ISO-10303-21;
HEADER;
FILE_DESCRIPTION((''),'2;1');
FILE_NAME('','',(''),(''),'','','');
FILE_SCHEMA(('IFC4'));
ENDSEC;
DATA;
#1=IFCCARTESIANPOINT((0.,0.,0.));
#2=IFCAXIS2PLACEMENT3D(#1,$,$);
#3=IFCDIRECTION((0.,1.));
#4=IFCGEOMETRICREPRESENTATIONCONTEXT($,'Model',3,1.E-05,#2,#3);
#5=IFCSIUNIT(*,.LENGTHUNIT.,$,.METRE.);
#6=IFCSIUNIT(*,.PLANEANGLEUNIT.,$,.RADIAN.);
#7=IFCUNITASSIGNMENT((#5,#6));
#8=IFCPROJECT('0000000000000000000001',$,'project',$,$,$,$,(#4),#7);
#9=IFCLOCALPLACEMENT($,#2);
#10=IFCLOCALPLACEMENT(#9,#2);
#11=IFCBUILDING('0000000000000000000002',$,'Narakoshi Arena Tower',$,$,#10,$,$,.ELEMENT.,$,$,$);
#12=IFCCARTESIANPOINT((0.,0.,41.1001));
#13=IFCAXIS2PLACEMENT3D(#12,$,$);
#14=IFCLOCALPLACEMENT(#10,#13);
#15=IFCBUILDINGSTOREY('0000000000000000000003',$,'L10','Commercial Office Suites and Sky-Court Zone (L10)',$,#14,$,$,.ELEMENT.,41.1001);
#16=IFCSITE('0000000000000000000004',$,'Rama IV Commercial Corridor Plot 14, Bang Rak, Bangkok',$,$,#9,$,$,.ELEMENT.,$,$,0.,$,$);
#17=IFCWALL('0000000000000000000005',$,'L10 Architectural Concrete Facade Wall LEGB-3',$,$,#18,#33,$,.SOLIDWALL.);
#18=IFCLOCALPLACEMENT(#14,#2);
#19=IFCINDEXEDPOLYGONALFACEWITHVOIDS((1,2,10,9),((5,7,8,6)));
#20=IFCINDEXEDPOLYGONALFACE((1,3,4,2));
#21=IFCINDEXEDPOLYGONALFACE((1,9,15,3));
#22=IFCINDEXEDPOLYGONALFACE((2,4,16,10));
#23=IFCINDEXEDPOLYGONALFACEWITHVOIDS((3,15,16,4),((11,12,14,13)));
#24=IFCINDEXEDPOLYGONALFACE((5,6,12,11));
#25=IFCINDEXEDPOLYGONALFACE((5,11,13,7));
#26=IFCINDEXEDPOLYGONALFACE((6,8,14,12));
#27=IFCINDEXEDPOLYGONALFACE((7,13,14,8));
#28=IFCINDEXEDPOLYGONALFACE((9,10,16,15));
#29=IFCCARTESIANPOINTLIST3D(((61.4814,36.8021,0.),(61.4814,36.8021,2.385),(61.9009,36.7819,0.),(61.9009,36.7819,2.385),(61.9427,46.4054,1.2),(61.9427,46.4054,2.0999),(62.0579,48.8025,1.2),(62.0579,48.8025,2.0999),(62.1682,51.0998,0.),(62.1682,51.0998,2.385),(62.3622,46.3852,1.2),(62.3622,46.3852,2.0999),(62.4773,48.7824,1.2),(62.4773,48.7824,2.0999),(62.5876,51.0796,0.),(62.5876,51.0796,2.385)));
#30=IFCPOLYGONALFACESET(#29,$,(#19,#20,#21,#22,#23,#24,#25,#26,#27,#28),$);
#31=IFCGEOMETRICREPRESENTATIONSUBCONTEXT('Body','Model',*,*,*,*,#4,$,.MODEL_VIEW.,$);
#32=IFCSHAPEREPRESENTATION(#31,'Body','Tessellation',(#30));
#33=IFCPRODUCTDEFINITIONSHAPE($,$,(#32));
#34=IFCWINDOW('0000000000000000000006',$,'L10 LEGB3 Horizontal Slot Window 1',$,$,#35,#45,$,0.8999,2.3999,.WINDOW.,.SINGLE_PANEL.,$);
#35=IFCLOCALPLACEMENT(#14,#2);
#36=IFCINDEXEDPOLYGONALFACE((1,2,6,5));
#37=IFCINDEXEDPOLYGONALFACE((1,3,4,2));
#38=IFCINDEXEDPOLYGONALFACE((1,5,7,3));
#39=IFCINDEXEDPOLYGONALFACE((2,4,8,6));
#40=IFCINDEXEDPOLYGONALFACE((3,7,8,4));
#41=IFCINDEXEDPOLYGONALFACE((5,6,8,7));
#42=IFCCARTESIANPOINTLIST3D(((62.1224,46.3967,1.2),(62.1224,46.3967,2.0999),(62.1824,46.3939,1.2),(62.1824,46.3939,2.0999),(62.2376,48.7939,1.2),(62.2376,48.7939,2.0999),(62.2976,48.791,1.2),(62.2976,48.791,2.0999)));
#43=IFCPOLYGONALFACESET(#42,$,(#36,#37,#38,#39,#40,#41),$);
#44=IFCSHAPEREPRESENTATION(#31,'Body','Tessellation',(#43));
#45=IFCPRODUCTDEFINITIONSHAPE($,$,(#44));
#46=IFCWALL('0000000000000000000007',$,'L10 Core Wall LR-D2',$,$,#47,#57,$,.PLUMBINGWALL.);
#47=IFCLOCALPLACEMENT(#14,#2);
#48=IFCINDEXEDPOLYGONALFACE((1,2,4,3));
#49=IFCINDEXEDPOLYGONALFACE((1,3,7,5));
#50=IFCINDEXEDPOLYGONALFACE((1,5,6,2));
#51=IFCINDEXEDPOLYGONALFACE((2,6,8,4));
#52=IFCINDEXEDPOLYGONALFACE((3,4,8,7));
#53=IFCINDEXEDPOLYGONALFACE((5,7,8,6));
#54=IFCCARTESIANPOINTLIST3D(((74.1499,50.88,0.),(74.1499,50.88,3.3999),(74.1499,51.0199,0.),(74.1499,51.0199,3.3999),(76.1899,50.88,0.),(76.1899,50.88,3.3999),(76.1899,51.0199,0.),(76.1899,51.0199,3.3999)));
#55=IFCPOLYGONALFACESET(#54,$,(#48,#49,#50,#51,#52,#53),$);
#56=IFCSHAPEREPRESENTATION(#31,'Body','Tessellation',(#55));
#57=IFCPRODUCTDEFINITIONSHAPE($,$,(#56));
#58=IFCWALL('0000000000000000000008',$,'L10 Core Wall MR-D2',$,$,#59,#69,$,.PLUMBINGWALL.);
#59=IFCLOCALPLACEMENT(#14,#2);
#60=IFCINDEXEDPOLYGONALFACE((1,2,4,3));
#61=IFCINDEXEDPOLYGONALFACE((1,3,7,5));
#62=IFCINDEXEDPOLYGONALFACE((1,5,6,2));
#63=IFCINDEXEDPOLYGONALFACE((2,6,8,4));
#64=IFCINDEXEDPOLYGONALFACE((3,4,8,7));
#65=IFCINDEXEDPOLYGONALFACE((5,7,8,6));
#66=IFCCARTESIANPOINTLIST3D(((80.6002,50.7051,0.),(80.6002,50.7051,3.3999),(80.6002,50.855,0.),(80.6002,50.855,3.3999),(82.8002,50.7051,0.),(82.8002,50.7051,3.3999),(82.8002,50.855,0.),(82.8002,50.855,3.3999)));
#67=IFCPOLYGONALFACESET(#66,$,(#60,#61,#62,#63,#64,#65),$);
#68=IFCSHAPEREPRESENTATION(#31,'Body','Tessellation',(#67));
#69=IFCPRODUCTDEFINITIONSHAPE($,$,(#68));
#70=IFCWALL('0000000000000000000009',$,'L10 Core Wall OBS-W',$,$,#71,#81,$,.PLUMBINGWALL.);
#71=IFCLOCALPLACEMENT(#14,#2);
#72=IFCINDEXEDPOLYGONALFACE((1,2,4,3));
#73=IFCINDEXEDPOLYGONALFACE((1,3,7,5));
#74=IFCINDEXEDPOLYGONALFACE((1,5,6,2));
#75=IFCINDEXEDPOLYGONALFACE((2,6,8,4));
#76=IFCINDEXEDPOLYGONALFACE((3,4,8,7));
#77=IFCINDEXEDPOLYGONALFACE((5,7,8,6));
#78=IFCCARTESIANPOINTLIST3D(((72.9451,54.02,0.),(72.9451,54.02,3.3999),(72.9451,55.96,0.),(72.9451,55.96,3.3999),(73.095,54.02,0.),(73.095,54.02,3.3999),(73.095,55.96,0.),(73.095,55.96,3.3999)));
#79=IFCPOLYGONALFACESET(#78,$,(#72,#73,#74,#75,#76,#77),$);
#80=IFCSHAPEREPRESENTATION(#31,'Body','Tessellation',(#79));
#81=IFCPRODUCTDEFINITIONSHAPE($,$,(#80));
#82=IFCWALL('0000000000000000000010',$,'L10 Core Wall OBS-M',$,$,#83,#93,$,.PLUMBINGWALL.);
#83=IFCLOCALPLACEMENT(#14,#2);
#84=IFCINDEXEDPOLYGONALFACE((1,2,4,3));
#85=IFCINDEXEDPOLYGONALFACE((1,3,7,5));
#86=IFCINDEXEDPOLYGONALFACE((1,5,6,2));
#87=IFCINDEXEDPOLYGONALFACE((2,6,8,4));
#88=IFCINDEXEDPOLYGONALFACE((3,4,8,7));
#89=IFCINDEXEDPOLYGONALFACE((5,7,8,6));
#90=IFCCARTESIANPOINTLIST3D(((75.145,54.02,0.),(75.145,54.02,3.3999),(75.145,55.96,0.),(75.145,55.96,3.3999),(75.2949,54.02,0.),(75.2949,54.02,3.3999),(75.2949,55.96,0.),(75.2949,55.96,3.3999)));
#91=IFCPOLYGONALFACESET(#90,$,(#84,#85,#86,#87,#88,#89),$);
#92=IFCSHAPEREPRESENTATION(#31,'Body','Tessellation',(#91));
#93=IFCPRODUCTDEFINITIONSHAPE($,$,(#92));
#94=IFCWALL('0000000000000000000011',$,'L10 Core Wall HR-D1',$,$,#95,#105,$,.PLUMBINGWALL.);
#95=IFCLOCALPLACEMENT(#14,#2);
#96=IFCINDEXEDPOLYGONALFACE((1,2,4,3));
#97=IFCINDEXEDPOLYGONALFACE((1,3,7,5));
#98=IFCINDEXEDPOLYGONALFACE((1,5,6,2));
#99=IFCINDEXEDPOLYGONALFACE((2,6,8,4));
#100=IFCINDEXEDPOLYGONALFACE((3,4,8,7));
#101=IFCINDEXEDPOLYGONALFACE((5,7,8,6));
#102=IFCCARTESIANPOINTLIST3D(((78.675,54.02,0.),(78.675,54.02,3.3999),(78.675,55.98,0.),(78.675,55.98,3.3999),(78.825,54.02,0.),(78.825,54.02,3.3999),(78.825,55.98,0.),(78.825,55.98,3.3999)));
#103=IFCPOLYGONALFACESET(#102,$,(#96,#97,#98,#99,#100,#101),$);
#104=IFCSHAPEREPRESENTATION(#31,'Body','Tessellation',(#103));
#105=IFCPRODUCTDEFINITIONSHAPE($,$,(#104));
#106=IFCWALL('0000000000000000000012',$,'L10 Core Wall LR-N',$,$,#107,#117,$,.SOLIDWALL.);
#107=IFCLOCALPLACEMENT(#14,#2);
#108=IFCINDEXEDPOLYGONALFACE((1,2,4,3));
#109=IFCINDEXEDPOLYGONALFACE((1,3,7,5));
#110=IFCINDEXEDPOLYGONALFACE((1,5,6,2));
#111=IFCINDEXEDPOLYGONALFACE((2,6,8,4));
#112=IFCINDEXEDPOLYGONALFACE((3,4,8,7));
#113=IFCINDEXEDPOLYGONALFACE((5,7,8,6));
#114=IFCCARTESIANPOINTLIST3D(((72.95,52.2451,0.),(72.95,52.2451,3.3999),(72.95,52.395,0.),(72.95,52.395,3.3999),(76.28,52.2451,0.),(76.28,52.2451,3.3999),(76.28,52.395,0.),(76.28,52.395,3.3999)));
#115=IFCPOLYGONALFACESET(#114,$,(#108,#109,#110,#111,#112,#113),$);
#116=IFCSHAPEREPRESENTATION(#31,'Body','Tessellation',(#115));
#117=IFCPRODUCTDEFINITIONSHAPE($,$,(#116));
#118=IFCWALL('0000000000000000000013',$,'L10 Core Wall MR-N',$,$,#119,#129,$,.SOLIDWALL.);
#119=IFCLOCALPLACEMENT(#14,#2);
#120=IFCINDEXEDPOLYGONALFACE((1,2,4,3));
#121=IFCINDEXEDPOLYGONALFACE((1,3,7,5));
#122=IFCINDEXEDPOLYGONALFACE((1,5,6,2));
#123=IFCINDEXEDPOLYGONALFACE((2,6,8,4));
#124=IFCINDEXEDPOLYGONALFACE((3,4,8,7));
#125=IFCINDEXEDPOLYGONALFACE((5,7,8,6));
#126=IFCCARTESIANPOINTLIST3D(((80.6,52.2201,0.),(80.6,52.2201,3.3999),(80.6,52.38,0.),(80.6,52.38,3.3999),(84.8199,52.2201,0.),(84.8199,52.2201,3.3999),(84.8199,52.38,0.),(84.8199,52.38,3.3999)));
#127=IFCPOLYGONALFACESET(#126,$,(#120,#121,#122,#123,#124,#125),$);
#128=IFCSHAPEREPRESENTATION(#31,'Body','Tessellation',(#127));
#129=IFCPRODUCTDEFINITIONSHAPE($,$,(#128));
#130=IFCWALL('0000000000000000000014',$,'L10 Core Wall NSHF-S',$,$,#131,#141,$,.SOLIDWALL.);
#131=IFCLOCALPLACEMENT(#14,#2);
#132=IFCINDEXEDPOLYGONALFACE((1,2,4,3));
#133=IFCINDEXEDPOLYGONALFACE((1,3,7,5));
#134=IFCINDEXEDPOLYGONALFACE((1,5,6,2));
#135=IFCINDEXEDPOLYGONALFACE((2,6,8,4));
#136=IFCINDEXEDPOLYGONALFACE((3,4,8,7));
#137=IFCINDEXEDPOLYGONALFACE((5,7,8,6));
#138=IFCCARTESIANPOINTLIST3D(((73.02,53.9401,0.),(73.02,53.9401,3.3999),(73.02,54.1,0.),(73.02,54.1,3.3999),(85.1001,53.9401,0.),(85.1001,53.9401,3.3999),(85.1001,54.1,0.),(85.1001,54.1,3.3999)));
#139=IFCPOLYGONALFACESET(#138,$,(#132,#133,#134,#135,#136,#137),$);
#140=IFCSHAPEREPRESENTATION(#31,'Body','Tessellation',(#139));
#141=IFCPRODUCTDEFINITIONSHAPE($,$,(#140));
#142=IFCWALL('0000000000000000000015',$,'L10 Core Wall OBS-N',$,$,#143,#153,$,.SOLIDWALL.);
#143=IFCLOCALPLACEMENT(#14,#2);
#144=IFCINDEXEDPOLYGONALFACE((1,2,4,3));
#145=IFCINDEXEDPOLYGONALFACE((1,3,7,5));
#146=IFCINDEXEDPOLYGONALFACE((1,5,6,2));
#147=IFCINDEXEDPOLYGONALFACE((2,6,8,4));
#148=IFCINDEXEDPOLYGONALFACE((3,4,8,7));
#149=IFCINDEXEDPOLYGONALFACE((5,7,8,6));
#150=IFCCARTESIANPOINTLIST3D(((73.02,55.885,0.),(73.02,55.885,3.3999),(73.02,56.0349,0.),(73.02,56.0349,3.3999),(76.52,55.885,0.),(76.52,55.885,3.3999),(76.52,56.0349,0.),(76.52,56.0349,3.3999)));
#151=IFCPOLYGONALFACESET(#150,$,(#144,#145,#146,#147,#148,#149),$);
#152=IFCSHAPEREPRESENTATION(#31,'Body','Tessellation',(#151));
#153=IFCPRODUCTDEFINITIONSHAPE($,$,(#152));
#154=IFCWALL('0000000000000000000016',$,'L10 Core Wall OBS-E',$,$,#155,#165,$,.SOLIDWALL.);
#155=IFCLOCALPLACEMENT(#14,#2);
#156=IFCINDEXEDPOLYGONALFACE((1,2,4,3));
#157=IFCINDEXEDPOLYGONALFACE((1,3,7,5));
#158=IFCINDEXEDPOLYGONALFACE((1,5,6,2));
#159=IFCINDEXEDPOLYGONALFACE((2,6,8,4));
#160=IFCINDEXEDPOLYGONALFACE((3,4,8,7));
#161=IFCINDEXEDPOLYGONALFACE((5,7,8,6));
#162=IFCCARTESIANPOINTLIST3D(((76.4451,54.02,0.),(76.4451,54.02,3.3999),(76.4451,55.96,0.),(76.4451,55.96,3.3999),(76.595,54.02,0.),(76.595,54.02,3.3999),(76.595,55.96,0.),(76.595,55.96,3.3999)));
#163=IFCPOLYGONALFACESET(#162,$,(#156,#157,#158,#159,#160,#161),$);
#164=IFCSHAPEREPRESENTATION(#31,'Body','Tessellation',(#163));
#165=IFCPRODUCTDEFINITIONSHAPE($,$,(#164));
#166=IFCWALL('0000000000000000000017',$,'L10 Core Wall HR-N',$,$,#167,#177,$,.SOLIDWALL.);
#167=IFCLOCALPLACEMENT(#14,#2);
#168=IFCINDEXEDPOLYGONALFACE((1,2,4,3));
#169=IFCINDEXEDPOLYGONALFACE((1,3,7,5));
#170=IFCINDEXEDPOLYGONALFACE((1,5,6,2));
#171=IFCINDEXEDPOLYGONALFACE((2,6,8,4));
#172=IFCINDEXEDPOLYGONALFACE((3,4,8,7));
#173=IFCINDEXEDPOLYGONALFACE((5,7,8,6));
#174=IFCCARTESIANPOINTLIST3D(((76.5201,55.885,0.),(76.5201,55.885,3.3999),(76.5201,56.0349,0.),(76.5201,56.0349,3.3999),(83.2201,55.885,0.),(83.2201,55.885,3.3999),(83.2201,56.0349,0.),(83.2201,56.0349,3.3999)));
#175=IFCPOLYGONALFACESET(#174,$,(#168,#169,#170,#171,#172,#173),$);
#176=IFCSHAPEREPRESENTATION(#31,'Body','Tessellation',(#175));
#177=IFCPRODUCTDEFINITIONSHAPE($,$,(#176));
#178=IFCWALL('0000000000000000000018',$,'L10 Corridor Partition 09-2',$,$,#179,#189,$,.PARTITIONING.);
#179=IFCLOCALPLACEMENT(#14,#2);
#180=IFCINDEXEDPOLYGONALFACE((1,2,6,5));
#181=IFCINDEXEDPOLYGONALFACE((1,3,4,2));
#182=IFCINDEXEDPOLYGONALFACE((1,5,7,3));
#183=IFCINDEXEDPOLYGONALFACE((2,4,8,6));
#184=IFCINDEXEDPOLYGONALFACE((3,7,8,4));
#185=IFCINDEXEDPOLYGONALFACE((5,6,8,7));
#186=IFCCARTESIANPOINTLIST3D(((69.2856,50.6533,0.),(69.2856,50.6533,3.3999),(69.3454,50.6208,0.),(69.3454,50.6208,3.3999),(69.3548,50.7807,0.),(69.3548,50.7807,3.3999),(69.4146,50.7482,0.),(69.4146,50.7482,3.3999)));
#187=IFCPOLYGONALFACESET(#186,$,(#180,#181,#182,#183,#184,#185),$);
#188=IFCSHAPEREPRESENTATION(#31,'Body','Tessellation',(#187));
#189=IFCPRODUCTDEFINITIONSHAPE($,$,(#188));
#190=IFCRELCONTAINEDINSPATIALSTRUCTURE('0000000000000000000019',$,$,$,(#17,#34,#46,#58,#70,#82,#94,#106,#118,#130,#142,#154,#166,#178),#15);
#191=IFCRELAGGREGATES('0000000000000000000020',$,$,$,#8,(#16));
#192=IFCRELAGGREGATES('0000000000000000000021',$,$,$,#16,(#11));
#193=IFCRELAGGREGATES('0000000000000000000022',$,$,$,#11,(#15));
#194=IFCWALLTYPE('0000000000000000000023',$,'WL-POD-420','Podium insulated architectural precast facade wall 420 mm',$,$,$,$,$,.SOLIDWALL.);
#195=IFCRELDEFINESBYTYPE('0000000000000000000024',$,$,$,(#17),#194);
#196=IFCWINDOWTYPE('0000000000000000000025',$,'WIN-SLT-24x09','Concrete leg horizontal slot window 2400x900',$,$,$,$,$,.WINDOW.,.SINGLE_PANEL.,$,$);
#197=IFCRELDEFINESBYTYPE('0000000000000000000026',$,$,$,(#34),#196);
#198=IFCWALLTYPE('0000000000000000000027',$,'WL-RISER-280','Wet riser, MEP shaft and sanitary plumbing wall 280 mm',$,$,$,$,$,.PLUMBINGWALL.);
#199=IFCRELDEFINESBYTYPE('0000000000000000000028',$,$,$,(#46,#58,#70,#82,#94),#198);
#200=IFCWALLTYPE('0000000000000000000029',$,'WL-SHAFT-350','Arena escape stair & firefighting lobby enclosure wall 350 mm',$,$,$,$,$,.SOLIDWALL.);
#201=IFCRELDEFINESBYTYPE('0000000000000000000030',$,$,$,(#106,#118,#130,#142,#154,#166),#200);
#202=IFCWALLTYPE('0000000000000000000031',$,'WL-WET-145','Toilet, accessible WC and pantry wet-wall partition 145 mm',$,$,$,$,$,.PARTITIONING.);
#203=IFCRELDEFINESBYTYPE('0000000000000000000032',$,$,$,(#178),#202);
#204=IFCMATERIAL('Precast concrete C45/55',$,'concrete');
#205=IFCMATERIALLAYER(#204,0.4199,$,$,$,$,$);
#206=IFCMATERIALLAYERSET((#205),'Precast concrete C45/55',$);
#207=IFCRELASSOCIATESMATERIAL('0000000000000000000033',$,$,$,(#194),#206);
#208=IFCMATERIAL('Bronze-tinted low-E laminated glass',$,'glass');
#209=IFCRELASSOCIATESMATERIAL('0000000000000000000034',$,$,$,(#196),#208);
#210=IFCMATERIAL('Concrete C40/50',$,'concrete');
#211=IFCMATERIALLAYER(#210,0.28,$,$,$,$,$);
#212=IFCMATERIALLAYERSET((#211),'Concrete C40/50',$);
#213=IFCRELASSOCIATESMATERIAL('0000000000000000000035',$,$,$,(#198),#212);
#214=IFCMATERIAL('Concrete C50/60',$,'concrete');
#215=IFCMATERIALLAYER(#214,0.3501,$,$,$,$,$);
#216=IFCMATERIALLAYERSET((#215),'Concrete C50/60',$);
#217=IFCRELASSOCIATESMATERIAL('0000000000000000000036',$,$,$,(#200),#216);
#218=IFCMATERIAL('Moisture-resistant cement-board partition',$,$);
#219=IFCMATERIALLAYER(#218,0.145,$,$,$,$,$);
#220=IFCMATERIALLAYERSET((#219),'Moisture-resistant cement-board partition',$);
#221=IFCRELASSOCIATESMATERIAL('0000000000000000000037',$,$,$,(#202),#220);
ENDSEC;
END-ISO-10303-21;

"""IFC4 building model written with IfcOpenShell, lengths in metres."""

from ifc_helpers import new_model, si_unit, direction, frame, frame_2d, origin, place, context, subcontext, project, spatial, rectangle, extrude, material, layer, layer_set, type_object, element, fill, save


model = new_model("IFC4")

# Units and contexts
model_context = context("Model", 3, precision=1e-05, world=origin(), true_north=direction((0.0, 1.0)))
body_context = subcontext(model_context, "Body", "Model", "MODEL_VIEW")
ifc_project = project(units=[si_unit("LENGTHUNIT", "METRE"), si_unit("PLANEANGLEUNIT", "RADIAN")], contexts=[model_context])

# Site, building, storey
site_placement = place(None, origin())
site = spatial("IfcSite", under=ifc_project, at=site_placement, Name="Rama IV Commercial Corridor Plot 14, Bang Rak, Bangkok", CompositionType="ELEMENT", RefElevation=0.0)
building_placement = place(site_placement, origin())
building = spatial("IfcBuilding", under=site, at=building_placement, Name="Narakoshi Arena Tower", CompositionType="ELEMENT")
storey_placement = place(building_placement, frame((0.0, 0.0, 41.1001)))
storey = spatial("IfcBuildingStorey", under=building, at=storey_placement, Name="L10", Description="Commercial Office Suites and Sky-Court Zone (L10)", CompositionType="ELEMENT", Elevation=41.1001)

# Wall, opening, window
ifc_material_1 = material(Name="Precast concrete C45/55", Category="concrete")
ifc_layer_1 = layer(ifc_material_1, 0.4199)
ifc_layer_set_1 = layer_set([ifc_layer_1], Name="Precast concrete C45/55")
wall_type_1 = type_object("IfcWallType", Name="WL-POD-420", Description="Podium insulated architectural precast facade wall 420 mm", PredefinedType="SOLIDWALL", material=ifc_layer_set_1)
wall_1_placement = place(storey_placement, frame((62.3779, 51.0898, 0.0), z_axis=(0.0, 0.0, 1.0), x_axis=(-0.047978, -0.998848, 0.0)))
wall_1 = element("IfcWall", 1, at=wall_1_placement, inside=storey, type_object=wall_type_1, Name="L10 Architectural Concrete Facade Wall LEGB-3", PredefinedType="SOLIDWALL", context=body_context, shape_type="SweptSolid", body=[
    extrude(rectangle(XDim=14.3142, YDim=0.4199, at=frame_2d((7.1572, 0.0))), origin(), (0.0, 0.0, 1.0), 2.385),
])
opening_1_placement = place(wall_1_placement, frame((2.3, 0.0, 1.2)))
opening_1 = element("IfcOpeningElement", 2, at=opening_1_placement, cuts=wall_1, PredefinedType="OPENING", context=body_context, shape_type="SweptSolid", body=[
    extrude(rectangle(XDim=2.3999, YDim=0.8999, at=frame_2d((1.2, 0.45))), frame((0.0, 0.22, 0.0), z_axis=(0.0, -1.0, 0.0), x_axis=(1.0, 0.0, 0.0)), (0.0, 0.0, 1.0), 0.4399),
])
ifc_material_2 = material(Name="Bronze-tinted low-E laminated glass", Category="glass")
window_type = type_object("IfcWindowType", Name="WIN-SLT-24x09", Description="Concrete leg horizontal slot window 2400x900", PartitioningType="SINGLE_PANEL", PredefinedType="WINDOW", material=ifc_material_2)
window_placement = place(opening_1_placement, origin())
window = element("IfcWindow", 3, at=window_placement, inside=storey, type_object=window_type, Name="L10 LEGB3 Horizontal Slot Window 1", OverallHeight=0.8999, OverallWidth=2.3999, PartitioningType="SINGLE_PANEL", PredefinedType="WINDOW", context=body_context, shape_type="SweptSolid", body=[
    extrude(rectangle(XDim=2.3999, YDim=0.8999, at=frame_2d((1.2, 0.45))), frame((0.0, 0.03, 0.0), z_axis=(0.0, -1.0, 0.0), x_axis=(1.0, 0.0, 0.0)), (0.0, 0.0, 1.0), 0.0601),
])
fill(opening_1, window)

# Walls
ifc_material_3 = material(Name="Concrete C40/50", Category="concrete")
ifc_layer_2 = layer(ifc_material_3, 0.28)
ifc_layer_set_2 = layer_set([ifc_layer_2], Name="Concrete C40/50")
wall_type_2 = type_object("IfcWallType", Name="WL-RISER-280", Description="Wet riser, MEP shaft and sanitary plumbing wall 280 mm", PredefinedType="PLUMBINGWALL", material=ifc_layer_set_2)
wall_2_placement = place(storey_placement, frame((74.1499, 50.95, 0.0), z_axis=(0.0, 0.0, 1.0), x_axis=(1.0, 0.0, 0.0)))
element("IfcWall", 4, at=wall_2_placement, inside=storey, type_object=wall_type_2, Name="L10 Core Wall LR-D2", PredefinedType="PLUMBINGWALL", context=body_context, shape_type="SweptSolid", body=[
    extrude(rectangle(XDim=2.04, YDim=0.1399, at=frame_2d((1.02, 0.0))), origin(), (0.0, 0.0, 1.0), 3.3999),
])
wall_3_placement = place(storey_placement, frame((80.6001, 50.78, 0.0), z_axis=(0.0, 0.0, 1.0), x_axis=(1.0, 0.0, 0.0)))
element("IfcWall", 5, at=wall_3_placement, inside=storey, type_object=wall_type_2, Name="L10 Core Wall MR-D2", PredefinedType="PLUMBINGWALL", context=body_context, shape_type="SweptSolid", body=[
    extrude(rectangle(XDim=2.2, YDim=0.1499, at=frame_2d((1.1001, 0.0))), origin(), (0.0, 0.0, 1.0), 3.3999),
])
for number, where, z_axis, x_axis, name in (
    (6, (73.02, 54.02, 0.0), (0.0, 0.0, 1.0), (0.0, 1.0, 0.0), "L10 Core Wall OBS-W"),
    (7, (75.22, 54.02, 0.0), (0.0, 0.0, 1.0), (0.0, 1.0, 0.0), "L10 Core Wall OBS-M"),
):
    element("IfcWall", number, at=place(storey_placement, frame(where, z_axis=z_axis, x_axis=x_axis)), inside=storey, type_object=wall_type_2, Name=name, PredefinedType="PLUMBINGWALL", context=body_context, shape_type="SweptSolid", body=[
        extrude(rectangle(XDim=1.9399, YDim=0.1499, at=frame_2d((0.97, 0.0))), origin(), (0.0, 0.0, 1.0), 3.3999),
    ])
wall_4_placement = place(storey_placement, frame((78.75, 54.02, 0.0), z_axis=(0.0, 0.0, 1.0), x_axis=(0.0, 1.0, 0.0)))
element("IfcWall", 8, at=wall_4_placement, inside=storey, type_object=wall_type_2, Name="L10 Core Wall HR-D1", PredefinedType="PLUMBINGWALL", context=body_context, shape_type="SweptSolid", body=[
    extrude(rectangle(XDim=1.96, YDim=0.1499, at=frame_2d((0.98, 0.0))), origin(), (0.0, 0.0, 1.0), 3.3999),
])
ifc_material_4 = material(Name="Concrete C50/60", Category="concrete")
ifc_layer_3 = layer(ifc_material_4, 0.3501)
ifc_layer_set_3 = layer_set([ifc_layer_3], Name="Concrete C50/60")
wall_type_3 = type_object("IfcWallType", Name="WL-SHAFT-350", Description="Arena escape stair & firefighting lobby enclosure wall 350 mm", PredefinedType="SOLIDWALL", material=ifc_layer_set_3)
wall_5_placement = place(storey_placement, frame((72.95, 52.3201, 0.0), z_axis=(0.0, 0.0, 1.0), x_axis=(1.0, 0.0, 0.0)))
element("IfcWall", 9, at=wall_5_placement, inside=storey, type_object=wall_type_3, Name="L10 Core Wall LR-N", PredefinedType="SOLIDWALL", context=body_context, shape_type="SweptSolid", body=[
    extrude(rectangle(XDim=3.3301, YDim=0.1499, at=frame_2d((1.665, 0.0))), origin(), (0.0, 0.0, 1.0), 3.3999),
])
wall_6_placement = place(storey_placement, frame((80.6001, 52.3, 0.0), z_axis=(0.0, 0.0, 1.0), x_axis=(1.0, 0.0, 0.0)))
element("IfcWall", 10, at=wall_6_placement, inside=storey, type_object=wall_type_3, Name="L10 Core Wall MR-N", PredefinedType="SOLIDWALL", context=body_context, shape_type="SweptSolid", body=[
    extrude(rectangle(XDim=4.22, YDim=0.1599, at=frame_2d((2.1099, 0.0))), origin(), (0.0, 0.0, 1.0), 3.3999),
])
wall_7_placement = place(storey_placement, frame((73.02, 54.02, 0.0), z_axis=(0.0, 0.0, 1.0), x_axis=(1.0, 0.0, 0.0)))
element("IfcWall", 11, at=wall_7_placement, inside=storey, type_object=wall_type_3, Name="L10 Core Wall NSHF-S", PredefinedType="SOLIDWALL", context=body_context, shape_type="SweptSolid", body=[
    extrude(rectangle(XDim=12.0801, YDim=0.1599, at=frame_2d((6.04, 0.0))), origin(), (0.0, 0.0, 1.0), 3.3999),
])
wall_8_placement = place(storey_placement, frame((73.02, 55.96, 0.0), z_axis=(0.0, 0.0, 1.0), x_axis=(1.0, 0.0, 0.0)))
element("IfcWall", 12, at=wall_8_placement, inside=storey, type_object=wall_type_3, Name="L10 Core Wall OBS-N", PredefinedType="SOLIDWALL", context=body_context, shape_type="SweptSolid", body=[
    extrude(rectangle(XDim=3.5, YDim=0.1499, at=frame_2d((1.75, 0.0))), origin(), (0.0, 0.0, 1.0), 3.3999),
])
wall_9_placement = place(storey_placement, frame((76.52, 54.02, 0.0), z_axis=(0.0, 0.0, 1.0), x_axis=(0.0, 1.0, 0.0)))
element("IfcWall", 13, at=wall_9_placement, inside=storey, type_object=wall_type_3, Name="L10 Core Wall OBS-E", PredefinedType="SOLIDWALL", context=body_context, shape_type="SweptSolid", body=[
    extrude(rectangle(XDim=1.9399, YDim=0.1499, at=frame_2d((0.97, 0.0))), origin(), (0.0, 0.0, 1.0), 3.3999),
])
wall_10_placement = place(storey_placement, frame((76.52, 55.96, 0.0), z_axis=(0.0, 0.0, 1.0), x_axis=(1.0, 0.0, 0.0)))
element("IfcWall", 14, at=wall_10_placement, inside=storey, type_object=wall_type_3, Name="L10 Core Wall HR-N", PredefinedType="SOLIDWALL", context=body_context, shape_type="SweptSolid", body=[
    extrude(rectangle(XDim=6.7, YDim=0.1499, at=frame_2d((3.3501, 0.0))), origin(), (0.0, 0.0, 1.0), 3.3999),
])

# Shared definitions
ifc_material_5 = material(Name="Moisture-resistant cement-board partition")
ifc_layer_4 = layer(ifc_material_5, 0.145)
ifc_layer_set_4 = layer_set([ifc_layer_4], Name="Moisture-resistant cement-board partition")
wall_type_4 = type_object("IfcWallType", Name="WL-WET-145", Description="Toilet, accessible WC and pantry wet-wall partition 145 mm", PredefinedType="PARTITIONING", material=ifc_layer_set_4)

# Wall
wall_11_placement = place(storey_placement, frame((69.3201, 50.717, 0.0), z_axis=(0.0, 0.0, 1.0), x_axis=(0.878853, -0.477092, 0.0)))
element("IfcWall", 15, at=wall_11_placement, inside=storey, type_object=wall_type_4, Name="L10 Corridor Partition 09-2", PredefinedType="PARTITIONING", context=body_context, shape_type="SweptSolid", body=[
    extrude(rectangle(XDim=0.0681, YDim=0.145, at=frame_2d((0.0342, 0.0))), origin(), (0.0, 0.0, 1.0), 3.3999),
])

save(model, "model.ifc")
